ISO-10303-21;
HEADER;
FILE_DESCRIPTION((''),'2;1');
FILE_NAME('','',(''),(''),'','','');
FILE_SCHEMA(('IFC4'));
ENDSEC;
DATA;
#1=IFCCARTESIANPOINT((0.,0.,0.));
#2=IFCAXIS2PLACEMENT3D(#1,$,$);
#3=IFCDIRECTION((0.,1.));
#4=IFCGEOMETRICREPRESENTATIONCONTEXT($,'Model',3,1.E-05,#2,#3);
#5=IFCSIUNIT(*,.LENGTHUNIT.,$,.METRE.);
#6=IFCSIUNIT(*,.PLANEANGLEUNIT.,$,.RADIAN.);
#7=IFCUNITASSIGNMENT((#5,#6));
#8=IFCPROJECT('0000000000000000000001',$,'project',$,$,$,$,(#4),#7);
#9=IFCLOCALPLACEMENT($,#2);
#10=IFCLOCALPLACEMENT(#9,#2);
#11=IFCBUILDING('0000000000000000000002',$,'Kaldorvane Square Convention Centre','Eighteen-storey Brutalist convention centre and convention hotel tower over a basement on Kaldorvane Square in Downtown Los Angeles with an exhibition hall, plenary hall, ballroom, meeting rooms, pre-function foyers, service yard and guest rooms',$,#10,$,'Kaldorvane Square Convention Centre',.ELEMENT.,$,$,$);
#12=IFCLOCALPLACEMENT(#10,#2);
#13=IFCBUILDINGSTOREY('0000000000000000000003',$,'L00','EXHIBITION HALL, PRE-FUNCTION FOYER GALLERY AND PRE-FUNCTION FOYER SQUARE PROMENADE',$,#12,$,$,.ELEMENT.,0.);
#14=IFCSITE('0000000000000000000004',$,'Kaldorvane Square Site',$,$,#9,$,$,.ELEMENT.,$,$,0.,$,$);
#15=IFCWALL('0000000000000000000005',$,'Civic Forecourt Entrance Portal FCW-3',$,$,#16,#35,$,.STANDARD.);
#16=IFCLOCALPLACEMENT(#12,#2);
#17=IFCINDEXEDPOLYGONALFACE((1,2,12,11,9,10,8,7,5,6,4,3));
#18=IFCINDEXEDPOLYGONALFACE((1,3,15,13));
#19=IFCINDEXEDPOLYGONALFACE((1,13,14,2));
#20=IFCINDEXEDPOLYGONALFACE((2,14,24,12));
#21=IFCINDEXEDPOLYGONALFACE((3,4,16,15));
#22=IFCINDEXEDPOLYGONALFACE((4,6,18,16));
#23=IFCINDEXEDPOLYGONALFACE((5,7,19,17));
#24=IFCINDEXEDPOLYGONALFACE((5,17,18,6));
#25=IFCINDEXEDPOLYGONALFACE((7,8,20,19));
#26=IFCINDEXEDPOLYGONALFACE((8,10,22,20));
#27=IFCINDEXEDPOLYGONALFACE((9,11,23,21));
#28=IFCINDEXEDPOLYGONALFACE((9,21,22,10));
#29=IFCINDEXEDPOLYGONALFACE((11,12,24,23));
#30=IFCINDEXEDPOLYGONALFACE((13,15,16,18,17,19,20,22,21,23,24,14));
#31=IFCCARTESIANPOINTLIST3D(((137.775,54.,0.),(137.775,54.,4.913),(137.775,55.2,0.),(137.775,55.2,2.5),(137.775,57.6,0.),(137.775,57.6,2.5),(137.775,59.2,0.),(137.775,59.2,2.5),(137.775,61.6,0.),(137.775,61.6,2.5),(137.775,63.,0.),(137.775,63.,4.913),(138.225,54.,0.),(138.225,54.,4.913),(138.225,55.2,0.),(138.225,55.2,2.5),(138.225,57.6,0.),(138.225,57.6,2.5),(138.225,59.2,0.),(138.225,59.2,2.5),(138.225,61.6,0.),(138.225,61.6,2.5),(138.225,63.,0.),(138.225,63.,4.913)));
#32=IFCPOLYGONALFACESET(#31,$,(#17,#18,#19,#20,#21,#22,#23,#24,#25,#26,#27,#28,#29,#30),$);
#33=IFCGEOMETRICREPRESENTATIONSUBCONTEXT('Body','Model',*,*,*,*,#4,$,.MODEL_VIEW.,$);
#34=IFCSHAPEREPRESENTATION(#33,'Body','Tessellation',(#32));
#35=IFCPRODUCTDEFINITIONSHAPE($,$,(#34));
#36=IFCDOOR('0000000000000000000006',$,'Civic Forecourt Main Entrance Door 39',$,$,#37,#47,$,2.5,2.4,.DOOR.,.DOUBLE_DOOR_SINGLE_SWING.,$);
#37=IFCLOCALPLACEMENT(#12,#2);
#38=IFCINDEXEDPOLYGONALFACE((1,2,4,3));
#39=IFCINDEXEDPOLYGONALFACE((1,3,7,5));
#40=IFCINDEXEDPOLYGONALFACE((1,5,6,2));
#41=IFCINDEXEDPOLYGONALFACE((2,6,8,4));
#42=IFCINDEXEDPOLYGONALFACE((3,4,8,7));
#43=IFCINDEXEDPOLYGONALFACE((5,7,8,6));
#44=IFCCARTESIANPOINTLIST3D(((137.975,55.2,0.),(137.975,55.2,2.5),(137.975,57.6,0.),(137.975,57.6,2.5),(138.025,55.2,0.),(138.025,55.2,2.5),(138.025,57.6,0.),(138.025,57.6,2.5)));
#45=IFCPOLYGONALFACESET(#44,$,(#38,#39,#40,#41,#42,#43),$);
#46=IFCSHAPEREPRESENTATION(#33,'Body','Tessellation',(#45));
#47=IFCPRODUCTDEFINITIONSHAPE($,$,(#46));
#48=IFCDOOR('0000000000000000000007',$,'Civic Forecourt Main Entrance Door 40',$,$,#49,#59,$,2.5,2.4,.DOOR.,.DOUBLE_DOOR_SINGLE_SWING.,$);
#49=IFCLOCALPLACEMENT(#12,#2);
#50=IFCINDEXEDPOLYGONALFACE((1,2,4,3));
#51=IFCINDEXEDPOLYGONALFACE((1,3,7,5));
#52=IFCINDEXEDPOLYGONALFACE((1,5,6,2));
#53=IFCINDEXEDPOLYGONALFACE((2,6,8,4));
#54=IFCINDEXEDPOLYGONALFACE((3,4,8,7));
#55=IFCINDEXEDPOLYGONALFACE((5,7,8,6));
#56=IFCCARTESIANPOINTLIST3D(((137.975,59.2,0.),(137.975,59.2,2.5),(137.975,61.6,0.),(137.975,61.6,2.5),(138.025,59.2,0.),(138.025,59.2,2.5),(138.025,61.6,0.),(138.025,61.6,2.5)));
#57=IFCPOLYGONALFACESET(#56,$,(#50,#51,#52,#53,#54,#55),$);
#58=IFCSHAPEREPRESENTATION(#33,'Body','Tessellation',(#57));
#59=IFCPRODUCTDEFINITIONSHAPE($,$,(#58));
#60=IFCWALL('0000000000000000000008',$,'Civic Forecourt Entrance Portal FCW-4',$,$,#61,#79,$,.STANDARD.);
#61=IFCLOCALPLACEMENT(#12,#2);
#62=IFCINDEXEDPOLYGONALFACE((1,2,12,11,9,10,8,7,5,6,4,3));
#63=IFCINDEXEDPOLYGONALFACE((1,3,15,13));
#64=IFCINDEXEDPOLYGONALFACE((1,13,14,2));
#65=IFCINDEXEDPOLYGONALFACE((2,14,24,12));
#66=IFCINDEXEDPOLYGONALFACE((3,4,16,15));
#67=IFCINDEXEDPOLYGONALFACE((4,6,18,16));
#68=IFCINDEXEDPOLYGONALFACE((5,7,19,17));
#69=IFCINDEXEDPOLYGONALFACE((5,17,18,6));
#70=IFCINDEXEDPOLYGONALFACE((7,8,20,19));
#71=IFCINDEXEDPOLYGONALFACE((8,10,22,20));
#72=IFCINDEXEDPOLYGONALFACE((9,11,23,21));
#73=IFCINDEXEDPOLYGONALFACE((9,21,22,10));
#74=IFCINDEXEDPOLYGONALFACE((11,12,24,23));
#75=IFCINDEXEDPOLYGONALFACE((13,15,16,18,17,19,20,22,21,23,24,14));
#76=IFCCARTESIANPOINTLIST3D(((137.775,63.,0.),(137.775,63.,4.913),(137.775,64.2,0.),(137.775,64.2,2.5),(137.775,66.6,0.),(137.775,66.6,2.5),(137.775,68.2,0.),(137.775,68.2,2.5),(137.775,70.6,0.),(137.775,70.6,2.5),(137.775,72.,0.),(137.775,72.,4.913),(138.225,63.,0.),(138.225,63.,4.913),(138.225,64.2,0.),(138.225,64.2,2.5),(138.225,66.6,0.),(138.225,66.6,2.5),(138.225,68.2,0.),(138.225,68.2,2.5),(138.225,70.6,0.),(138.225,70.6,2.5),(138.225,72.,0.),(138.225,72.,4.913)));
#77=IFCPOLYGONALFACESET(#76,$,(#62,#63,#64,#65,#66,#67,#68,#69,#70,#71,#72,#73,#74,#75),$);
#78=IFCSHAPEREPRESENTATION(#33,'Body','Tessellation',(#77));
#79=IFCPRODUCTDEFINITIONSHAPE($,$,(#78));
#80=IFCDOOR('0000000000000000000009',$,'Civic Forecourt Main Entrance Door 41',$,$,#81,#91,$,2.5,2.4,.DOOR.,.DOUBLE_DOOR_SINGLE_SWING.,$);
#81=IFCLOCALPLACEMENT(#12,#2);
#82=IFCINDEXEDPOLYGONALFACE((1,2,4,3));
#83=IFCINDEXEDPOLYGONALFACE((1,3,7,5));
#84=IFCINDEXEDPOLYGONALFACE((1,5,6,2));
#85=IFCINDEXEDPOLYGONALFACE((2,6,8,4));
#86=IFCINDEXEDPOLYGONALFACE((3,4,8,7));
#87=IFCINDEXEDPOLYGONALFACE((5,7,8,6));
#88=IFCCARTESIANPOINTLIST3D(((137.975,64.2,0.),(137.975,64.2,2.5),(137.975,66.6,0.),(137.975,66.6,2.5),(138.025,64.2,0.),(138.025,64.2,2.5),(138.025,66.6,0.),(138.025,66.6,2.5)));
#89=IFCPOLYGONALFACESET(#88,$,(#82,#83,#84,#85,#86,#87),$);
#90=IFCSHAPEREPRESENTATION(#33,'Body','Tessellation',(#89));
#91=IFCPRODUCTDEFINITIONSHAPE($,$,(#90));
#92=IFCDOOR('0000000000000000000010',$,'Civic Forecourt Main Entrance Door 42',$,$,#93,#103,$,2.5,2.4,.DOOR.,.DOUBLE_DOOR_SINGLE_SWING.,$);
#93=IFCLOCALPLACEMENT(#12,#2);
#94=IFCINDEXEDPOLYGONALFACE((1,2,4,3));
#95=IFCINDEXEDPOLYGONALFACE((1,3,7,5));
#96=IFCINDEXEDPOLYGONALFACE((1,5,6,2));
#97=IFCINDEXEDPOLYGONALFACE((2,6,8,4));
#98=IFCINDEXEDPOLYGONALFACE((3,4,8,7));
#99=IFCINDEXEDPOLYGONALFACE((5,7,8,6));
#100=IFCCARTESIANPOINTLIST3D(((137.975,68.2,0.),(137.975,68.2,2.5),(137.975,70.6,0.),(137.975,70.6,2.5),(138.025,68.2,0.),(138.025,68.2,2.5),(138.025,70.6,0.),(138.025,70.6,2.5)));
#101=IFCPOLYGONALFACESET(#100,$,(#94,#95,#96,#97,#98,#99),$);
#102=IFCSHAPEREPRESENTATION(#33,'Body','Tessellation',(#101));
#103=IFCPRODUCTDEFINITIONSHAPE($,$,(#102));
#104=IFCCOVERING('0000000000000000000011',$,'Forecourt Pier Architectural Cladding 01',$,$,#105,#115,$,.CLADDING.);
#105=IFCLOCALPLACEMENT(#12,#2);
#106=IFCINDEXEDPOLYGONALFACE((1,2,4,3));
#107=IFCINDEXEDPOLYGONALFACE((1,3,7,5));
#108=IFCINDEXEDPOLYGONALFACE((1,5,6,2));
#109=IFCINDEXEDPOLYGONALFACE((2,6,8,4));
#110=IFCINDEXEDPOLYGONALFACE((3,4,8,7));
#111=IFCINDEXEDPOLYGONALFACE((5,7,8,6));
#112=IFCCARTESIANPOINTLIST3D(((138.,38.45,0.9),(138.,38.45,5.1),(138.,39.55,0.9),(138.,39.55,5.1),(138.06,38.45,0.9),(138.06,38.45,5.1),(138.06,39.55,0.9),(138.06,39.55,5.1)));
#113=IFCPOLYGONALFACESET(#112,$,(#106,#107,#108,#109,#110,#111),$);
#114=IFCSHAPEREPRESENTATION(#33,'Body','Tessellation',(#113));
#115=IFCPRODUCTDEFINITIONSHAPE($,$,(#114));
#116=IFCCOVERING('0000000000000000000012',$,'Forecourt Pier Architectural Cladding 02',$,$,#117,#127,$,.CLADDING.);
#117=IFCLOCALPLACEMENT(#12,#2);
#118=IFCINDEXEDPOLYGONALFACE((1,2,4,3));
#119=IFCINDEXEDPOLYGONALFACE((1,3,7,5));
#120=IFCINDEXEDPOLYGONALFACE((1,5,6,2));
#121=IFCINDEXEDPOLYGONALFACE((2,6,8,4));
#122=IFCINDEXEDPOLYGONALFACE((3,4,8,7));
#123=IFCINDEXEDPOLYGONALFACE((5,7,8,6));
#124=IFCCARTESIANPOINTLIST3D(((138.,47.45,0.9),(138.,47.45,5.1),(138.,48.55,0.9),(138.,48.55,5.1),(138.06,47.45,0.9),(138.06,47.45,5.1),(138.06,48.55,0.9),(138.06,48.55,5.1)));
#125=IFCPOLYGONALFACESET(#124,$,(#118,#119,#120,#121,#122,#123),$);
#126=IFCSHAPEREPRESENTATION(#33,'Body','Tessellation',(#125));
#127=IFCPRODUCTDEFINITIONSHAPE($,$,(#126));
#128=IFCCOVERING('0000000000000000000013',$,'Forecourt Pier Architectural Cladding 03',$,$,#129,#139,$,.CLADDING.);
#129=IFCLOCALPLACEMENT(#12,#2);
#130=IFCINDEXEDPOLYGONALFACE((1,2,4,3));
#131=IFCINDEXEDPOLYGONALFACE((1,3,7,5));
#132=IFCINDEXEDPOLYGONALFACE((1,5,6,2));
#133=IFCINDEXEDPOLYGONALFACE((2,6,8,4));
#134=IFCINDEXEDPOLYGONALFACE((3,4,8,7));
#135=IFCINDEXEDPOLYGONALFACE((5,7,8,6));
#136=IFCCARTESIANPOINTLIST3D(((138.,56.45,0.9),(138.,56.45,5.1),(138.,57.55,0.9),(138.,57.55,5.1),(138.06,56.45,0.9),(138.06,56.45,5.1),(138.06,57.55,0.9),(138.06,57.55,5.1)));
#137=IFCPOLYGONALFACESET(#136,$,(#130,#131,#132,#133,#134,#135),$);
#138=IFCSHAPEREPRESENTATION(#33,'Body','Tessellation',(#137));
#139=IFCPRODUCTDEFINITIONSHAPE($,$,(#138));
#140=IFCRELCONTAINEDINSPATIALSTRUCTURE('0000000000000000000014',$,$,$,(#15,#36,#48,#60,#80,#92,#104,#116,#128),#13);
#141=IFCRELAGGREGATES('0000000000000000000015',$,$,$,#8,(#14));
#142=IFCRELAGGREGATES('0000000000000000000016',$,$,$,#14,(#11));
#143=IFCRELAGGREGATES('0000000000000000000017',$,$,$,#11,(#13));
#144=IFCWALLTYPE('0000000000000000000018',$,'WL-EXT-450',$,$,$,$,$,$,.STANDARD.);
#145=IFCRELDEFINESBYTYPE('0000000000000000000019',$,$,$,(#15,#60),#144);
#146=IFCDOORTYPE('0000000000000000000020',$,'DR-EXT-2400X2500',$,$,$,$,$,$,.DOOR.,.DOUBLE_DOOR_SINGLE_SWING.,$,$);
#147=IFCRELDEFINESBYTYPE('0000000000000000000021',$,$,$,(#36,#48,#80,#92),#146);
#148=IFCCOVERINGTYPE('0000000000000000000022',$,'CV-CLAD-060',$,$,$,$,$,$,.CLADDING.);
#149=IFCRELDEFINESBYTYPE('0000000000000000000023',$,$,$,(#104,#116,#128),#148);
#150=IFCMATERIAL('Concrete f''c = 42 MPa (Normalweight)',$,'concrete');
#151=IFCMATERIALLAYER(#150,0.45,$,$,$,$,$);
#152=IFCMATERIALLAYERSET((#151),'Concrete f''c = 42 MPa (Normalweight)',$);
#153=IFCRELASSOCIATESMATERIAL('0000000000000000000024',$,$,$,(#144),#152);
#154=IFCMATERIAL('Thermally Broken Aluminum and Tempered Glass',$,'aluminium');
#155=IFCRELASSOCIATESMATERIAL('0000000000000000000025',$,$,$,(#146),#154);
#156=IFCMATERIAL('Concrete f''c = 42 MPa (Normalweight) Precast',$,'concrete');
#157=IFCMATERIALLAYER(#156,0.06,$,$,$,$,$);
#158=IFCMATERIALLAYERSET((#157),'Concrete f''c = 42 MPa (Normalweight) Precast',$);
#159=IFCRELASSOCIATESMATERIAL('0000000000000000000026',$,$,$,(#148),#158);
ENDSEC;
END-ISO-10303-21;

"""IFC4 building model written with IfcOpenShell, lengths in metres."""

from ifc_helpers import new_model, si_unit, direction, frame, frame_2d, origin, origin_2d, place, context, subcontext, project, spatial, rectangle, extrude, material, layer, layer_set, type_object, element, fill, save


model = new_model("IFC4")

# Units and contexts
model_context = context("Model", 3, precision=1e-05, world=origin(), true_north=direction((0.0, 1.0)))
body_context = subcontext(model_context, "Body", "Model", "MODEL_VIEW")
ifc_project = project(units=[si_unit("LENGTHUNIT", "METRE"), si_unit("PLANEANGLEUNIT", "RADIAN")], contexts=[model_context])

# Site, building, storey
site_placement = place(None, origin())
site = spatial("IfcSite", under=ifc_project, at=site_placement, Name="Kaldorvane Square Site", CompositionType="ELEMENT", RefElevation=0.0)
building_placement = place(site_placement, origin())
building = spatial("IfcBuilding", under=site, at=building_placement, Name="Kaldorvane Square Convention Centre", Description="Eighteen-storey Brutalist convention centre and convention hotel tower over a basement on Kaldorvane Square in Downtown Los Angeles with an exhibition hall, plenary hall, ballroom, meeting rooms, pre-function foyers, service yard and guest rooms", LongName="Kaldorvane Square Convention Centre", CompositionType="ELEMENT")
storey_placement = place(building_placement, origin())
storey = spatial("IfcBuildingStorey", under=building, at=storey_placement, Name="L00", Description="EXHIBITION HALL, PRE-FUNCTION FOYER GALLERY AND PRE-FUNCTION FOYER SQUARE PROMENADE", CompositionType="ELEMENT", Elevation=0.0)

# Walls, openings, doors
ifc_material_1 = material(Name="Concrete f'c = 42 MPa (Normalweight)", Category="concrete")
ifc_layer_1 = layer(ifc_material_1, 0.45)
ifc_layer_set_1 = layer_set([ifc_layer_1], Name="Concrete f'c = 42 MPa (Normalweight)")
wall_type = type_object("IfcWallType", Name="WL-EXT-450", PredefinedType="STANDARD", material=ifc_layer_set_1)
wall_1_placement = place(storey_placement, frame((138.0, 54.0, 0.0), z_axis=(0.0, 0.0, 1.0), x_axis=(0.0, 1.0, 0.0)))
wall_1 = element("IfcWall", 1, at=wall_1_placement, inside=storey, type_object=wall_type, Name="Civic Forecourt Entrance Portal FCW-3", PredefinedType="STANDARD", context=body_context, shape_type="SweptSolid", body=[
    extrude(rectangle(XDim=9.0, YDim=0.45, at=frame_2d((4.5, 0.0))), origin(), (0.0, 0.0, 1.0), 4.913),
])
opening_1_placement = place(wall_1_placement, frame((1.2, 0.0, 0.0)))
opening_1 = element("IfcOpeningElement", 2, at=opening_1_placement, cuts=wall_1, PredefinedType="OPENING", context=body_context, shape_type="SweptSolid", body=[
    extrude(rectangle(XDim=2.4, YDim=2.5, at=frame_2d((1.2, 1.25))), frame((0.0, 0.24, 0.0), z_axis=(0.0, -1.0, 0.0), x_axis=(1.0, 0.0, 0.0)), (0.0, 0.0, 1.0), 0.48),
])
opening_2_placement = place(wall_1_placement, frame((5.2, 0.0, 0.0)))
opening_2 = element("IfcOpeningElement", 3, at=opening_2_placement, cuts=wall_1, PredefinedType="OPENING", context=body_context, shape_type="SweptSolid", body=[
    extrude(rectangle(XDim=2.4, YDim=2.5, at=frame_2d((1.2, 1.25))), frame((0.0, 0.24, 0.0), z_axis=(0.0, -1.0, 0.0), x_axis=(1.0, 0.0, 0.0)), (0.0, 0.0, 1.0), 0.48),
])
ifc_material_2 = material(Name="Thermally Broken Aluminum and Tempered Glass", Category="aluminium")
door_type = type_object("IfcDoorType", Name="DR-EXT-2400X2500", OperationType="DOUBLE_DOOR_SINGLE_SWING", PredefinedType="DOOR", material=ifc_material_2)
door_1_placement = place(opening_1_placement, origin())
door_1 = element("IfcDoor", 4, at=door_1_placement, inside=storey, type_object=door_type, Name="Civic Forecourt Main Entrance Door 39", OperationType="DOUBLE_DOOR_SINGLE_SWING", OverallHeight=2.5, OverallWidth=2.4, PredefinedType="DOOR", context=body_context, shape_type="SweptSolid", body=[
    extrude(rectangle(XDim=2.4, YDim=2.5, at=frame_2d((1.2, 1.25))), frame((0.0, 0.025, 0.0), z_axis=(0.0, -1.0, 0.0), x_axis=(1.0, 0.0, 0.0)), (0.0, 0.0, 1.0), 0.05),
])
fill(opening_1, door_1)
door_2_placement = place(opening_2_placement, origin())
door_2 = element("IfcDoor", 5, at=door_2_placement, inside=storey, type_object=door_type, Name="Civic Forecourt Main Entrance Door 40", OperationType="DOUBLE_DOOR_SINGLE_SWING", OverallHeight=2.5, OverallWidth=2.4, PredefinedType="DOOR", context=body_context, shape_type="SweptSolid", body=[
    extrude(rectangle(XDim=2.4, YDim=2.5, at=frame_2d((1.2, 1.25))), frame((0.0, 0.025, 0.0), z_axis=(0.0, -1.0, 0.0), x_axis=(1.0, 0.0, 0.0)), (0.0, 0.0, 1.0), 0.05),
])
fill(opening_2, door_2)
wall_2_placement = place(storey_placement, frame((138.0, 63.0, 0.0), z_axis=(0.0, 0.0, 1.0), x_axis=(0.0, 1.0, 0.0)))
wall_2 = element("IfcWall", 6, at=wall_2_placement, inside=storey, type_object=wall_type, Name="Civic Forecourt Entrance Portal FCW-4", PredefinedType="STANDARD", context=body_context, shape_type="SweptSolid", body=[
    extrude(rectangle(XDim=9.0, YDim=0.45, at=frame_2d((4.5, 0.0))), origin(), (0.0, 0.0, 1.0), 4.913),
])
opening_3_placement = place(wall_2_placement, frame((1.2, 0.0, 0.0)))
opening_3 = element("IfcOpeningElement", 7, at=opening_3_placement, cuts=wall_2, PredefinedType="OPENING", context=body_context, shape_type="SweptSolid", body=[
    extrude(rectangle(XDim=2.4, YDim=2.5, at=frame_2d((1.2, 1.25))), frame((0.0, 0.24, 0.0), z_axis=(0.0, -1.0, 0.0), x_axis=(1.0, 0.0, 0.0)), (0.0, 0.0, 1.0), 0.48),
])
opening_4_placement = place(wall_2_placement, frame((5.2, 0.0, 0.0)))
opening_4 = element("IfcOpeningElement", 8, at=opening_4_placement, cuts=wall_2, PredefinedType="OPENING", context=body_context, shape_type="SweptSolid", body=[
    extrude(rectangle(XDim=2.4, YDim=2.5, at=frame_2d((1.2, 1.25))), frame((0.0, 0.24, 0.0), z_axis=(0.0, -1.0, 0.0), x_axis=(1.0, 0.0, 0.0)), (0.0, 0.0, 1.0), 0.48),
])
door_3_placement = place(opening_3_placement, origin())
door_3 = element("IfcDoor", 9, at=door_3_placement, inside=storey, type_object=door_type, Name="Civic Forecourt Main Entrance Door 41", OperationType="DOUBLE_DOOR_SINGLE_SWING", OverallHeight=2.5, OverallWidth=2.4, PredefinedType="DOOR", context=body_context, shape_type="SweptSolid", body=[
    extrude(rectangle(XDim=2.4, YDim=2.5, at=frame_2d((1.2, 1.25))), frame((0.0, 0.025, 0.0), z_axis=(0.0, -1.0, 0.0), x_axis=(1.0, 0.0, 0.0)), (0.0, 0.0, 1.0), 0.05),
])
fill(opening_3, door_3)
door_4_placement = place(opening_4_placement, origin())
door_4 = element("IfcDoor", 10, at=door_4_placement, inside=storey, type_object=door_type, Name="Civic Forecourt Main Entrance Door 42", OperationType="DOUBLE_DOOR_SINGLE_SWING", OverallHeight=2.5, OverallWidth=2.4, PredefinedType="DOOR", context=body_context, shape_type="SweptSolid", body=[
    extrude(rectangle(XDim=2.4, YDim=2.5, at=frame_2d((1.2, 1.25))), frame((0.0, 0.025, 0.0), z_axis=(0.0, -1.0, 0.0), x_axis=(1.0, 0.0, 0.0)), (0.0, 0.0, 1.0), 0.05),
])
fill(opening_4, door_4)

# Coverings
ifc_material_3 = material(Name="Concrete f'c = 42 MPa (Normalweight) Precast", Category="concrete")
ifc_layer_2 = layer(ifc_material_3, 0.06)
ifc_layer_set_2 = layer_set([ifc_layer_2], Name="Concrete f'c = 42 MPa (Normalweight) Precast")
covering_type = type_object("IfcCoveringType", Name="CV-CLAD-060", PredefinedType="CLADDING", material=ifc_layer_set_2)
for number, where, z_axis, x_axis, name in (
    (11, (138.03, 39.0, 0.9), (0.0, 0.0, 1.0), (1.0, 0.0, 0.0), "Forecourt Pier Architectural Cladding 01"),
    (12, (138.03, 48.0, 0.9), (0.0, 0.0, 1.0), (1.0, 0.0, 0.0), "Forecourt Pier Architectural Cladding 02"),
    (13, (138.03, 57.0, 0.9), (0.0, 0.0, 1.0), (1.0, 0.0, 0.0), "Forecourt Pier Architectural Cladding 03"),
):
    element("IfcCovering", number, at=place(storey_placement, frame(where, z_axis=z_axis, x_axis=x_axis)), inside=storey, type_object=covering_type, Name=name, PredefinedType="CLADDING", context=body_context, shape_type="SweptSolid", body=[
        extrude(rectangle(XDim=0.06, YDim=1.1, at=origin_2d()), origin(), (0.0, 0.0, 1.0), 4.2),
    ])

save(model, "model.ifc")
